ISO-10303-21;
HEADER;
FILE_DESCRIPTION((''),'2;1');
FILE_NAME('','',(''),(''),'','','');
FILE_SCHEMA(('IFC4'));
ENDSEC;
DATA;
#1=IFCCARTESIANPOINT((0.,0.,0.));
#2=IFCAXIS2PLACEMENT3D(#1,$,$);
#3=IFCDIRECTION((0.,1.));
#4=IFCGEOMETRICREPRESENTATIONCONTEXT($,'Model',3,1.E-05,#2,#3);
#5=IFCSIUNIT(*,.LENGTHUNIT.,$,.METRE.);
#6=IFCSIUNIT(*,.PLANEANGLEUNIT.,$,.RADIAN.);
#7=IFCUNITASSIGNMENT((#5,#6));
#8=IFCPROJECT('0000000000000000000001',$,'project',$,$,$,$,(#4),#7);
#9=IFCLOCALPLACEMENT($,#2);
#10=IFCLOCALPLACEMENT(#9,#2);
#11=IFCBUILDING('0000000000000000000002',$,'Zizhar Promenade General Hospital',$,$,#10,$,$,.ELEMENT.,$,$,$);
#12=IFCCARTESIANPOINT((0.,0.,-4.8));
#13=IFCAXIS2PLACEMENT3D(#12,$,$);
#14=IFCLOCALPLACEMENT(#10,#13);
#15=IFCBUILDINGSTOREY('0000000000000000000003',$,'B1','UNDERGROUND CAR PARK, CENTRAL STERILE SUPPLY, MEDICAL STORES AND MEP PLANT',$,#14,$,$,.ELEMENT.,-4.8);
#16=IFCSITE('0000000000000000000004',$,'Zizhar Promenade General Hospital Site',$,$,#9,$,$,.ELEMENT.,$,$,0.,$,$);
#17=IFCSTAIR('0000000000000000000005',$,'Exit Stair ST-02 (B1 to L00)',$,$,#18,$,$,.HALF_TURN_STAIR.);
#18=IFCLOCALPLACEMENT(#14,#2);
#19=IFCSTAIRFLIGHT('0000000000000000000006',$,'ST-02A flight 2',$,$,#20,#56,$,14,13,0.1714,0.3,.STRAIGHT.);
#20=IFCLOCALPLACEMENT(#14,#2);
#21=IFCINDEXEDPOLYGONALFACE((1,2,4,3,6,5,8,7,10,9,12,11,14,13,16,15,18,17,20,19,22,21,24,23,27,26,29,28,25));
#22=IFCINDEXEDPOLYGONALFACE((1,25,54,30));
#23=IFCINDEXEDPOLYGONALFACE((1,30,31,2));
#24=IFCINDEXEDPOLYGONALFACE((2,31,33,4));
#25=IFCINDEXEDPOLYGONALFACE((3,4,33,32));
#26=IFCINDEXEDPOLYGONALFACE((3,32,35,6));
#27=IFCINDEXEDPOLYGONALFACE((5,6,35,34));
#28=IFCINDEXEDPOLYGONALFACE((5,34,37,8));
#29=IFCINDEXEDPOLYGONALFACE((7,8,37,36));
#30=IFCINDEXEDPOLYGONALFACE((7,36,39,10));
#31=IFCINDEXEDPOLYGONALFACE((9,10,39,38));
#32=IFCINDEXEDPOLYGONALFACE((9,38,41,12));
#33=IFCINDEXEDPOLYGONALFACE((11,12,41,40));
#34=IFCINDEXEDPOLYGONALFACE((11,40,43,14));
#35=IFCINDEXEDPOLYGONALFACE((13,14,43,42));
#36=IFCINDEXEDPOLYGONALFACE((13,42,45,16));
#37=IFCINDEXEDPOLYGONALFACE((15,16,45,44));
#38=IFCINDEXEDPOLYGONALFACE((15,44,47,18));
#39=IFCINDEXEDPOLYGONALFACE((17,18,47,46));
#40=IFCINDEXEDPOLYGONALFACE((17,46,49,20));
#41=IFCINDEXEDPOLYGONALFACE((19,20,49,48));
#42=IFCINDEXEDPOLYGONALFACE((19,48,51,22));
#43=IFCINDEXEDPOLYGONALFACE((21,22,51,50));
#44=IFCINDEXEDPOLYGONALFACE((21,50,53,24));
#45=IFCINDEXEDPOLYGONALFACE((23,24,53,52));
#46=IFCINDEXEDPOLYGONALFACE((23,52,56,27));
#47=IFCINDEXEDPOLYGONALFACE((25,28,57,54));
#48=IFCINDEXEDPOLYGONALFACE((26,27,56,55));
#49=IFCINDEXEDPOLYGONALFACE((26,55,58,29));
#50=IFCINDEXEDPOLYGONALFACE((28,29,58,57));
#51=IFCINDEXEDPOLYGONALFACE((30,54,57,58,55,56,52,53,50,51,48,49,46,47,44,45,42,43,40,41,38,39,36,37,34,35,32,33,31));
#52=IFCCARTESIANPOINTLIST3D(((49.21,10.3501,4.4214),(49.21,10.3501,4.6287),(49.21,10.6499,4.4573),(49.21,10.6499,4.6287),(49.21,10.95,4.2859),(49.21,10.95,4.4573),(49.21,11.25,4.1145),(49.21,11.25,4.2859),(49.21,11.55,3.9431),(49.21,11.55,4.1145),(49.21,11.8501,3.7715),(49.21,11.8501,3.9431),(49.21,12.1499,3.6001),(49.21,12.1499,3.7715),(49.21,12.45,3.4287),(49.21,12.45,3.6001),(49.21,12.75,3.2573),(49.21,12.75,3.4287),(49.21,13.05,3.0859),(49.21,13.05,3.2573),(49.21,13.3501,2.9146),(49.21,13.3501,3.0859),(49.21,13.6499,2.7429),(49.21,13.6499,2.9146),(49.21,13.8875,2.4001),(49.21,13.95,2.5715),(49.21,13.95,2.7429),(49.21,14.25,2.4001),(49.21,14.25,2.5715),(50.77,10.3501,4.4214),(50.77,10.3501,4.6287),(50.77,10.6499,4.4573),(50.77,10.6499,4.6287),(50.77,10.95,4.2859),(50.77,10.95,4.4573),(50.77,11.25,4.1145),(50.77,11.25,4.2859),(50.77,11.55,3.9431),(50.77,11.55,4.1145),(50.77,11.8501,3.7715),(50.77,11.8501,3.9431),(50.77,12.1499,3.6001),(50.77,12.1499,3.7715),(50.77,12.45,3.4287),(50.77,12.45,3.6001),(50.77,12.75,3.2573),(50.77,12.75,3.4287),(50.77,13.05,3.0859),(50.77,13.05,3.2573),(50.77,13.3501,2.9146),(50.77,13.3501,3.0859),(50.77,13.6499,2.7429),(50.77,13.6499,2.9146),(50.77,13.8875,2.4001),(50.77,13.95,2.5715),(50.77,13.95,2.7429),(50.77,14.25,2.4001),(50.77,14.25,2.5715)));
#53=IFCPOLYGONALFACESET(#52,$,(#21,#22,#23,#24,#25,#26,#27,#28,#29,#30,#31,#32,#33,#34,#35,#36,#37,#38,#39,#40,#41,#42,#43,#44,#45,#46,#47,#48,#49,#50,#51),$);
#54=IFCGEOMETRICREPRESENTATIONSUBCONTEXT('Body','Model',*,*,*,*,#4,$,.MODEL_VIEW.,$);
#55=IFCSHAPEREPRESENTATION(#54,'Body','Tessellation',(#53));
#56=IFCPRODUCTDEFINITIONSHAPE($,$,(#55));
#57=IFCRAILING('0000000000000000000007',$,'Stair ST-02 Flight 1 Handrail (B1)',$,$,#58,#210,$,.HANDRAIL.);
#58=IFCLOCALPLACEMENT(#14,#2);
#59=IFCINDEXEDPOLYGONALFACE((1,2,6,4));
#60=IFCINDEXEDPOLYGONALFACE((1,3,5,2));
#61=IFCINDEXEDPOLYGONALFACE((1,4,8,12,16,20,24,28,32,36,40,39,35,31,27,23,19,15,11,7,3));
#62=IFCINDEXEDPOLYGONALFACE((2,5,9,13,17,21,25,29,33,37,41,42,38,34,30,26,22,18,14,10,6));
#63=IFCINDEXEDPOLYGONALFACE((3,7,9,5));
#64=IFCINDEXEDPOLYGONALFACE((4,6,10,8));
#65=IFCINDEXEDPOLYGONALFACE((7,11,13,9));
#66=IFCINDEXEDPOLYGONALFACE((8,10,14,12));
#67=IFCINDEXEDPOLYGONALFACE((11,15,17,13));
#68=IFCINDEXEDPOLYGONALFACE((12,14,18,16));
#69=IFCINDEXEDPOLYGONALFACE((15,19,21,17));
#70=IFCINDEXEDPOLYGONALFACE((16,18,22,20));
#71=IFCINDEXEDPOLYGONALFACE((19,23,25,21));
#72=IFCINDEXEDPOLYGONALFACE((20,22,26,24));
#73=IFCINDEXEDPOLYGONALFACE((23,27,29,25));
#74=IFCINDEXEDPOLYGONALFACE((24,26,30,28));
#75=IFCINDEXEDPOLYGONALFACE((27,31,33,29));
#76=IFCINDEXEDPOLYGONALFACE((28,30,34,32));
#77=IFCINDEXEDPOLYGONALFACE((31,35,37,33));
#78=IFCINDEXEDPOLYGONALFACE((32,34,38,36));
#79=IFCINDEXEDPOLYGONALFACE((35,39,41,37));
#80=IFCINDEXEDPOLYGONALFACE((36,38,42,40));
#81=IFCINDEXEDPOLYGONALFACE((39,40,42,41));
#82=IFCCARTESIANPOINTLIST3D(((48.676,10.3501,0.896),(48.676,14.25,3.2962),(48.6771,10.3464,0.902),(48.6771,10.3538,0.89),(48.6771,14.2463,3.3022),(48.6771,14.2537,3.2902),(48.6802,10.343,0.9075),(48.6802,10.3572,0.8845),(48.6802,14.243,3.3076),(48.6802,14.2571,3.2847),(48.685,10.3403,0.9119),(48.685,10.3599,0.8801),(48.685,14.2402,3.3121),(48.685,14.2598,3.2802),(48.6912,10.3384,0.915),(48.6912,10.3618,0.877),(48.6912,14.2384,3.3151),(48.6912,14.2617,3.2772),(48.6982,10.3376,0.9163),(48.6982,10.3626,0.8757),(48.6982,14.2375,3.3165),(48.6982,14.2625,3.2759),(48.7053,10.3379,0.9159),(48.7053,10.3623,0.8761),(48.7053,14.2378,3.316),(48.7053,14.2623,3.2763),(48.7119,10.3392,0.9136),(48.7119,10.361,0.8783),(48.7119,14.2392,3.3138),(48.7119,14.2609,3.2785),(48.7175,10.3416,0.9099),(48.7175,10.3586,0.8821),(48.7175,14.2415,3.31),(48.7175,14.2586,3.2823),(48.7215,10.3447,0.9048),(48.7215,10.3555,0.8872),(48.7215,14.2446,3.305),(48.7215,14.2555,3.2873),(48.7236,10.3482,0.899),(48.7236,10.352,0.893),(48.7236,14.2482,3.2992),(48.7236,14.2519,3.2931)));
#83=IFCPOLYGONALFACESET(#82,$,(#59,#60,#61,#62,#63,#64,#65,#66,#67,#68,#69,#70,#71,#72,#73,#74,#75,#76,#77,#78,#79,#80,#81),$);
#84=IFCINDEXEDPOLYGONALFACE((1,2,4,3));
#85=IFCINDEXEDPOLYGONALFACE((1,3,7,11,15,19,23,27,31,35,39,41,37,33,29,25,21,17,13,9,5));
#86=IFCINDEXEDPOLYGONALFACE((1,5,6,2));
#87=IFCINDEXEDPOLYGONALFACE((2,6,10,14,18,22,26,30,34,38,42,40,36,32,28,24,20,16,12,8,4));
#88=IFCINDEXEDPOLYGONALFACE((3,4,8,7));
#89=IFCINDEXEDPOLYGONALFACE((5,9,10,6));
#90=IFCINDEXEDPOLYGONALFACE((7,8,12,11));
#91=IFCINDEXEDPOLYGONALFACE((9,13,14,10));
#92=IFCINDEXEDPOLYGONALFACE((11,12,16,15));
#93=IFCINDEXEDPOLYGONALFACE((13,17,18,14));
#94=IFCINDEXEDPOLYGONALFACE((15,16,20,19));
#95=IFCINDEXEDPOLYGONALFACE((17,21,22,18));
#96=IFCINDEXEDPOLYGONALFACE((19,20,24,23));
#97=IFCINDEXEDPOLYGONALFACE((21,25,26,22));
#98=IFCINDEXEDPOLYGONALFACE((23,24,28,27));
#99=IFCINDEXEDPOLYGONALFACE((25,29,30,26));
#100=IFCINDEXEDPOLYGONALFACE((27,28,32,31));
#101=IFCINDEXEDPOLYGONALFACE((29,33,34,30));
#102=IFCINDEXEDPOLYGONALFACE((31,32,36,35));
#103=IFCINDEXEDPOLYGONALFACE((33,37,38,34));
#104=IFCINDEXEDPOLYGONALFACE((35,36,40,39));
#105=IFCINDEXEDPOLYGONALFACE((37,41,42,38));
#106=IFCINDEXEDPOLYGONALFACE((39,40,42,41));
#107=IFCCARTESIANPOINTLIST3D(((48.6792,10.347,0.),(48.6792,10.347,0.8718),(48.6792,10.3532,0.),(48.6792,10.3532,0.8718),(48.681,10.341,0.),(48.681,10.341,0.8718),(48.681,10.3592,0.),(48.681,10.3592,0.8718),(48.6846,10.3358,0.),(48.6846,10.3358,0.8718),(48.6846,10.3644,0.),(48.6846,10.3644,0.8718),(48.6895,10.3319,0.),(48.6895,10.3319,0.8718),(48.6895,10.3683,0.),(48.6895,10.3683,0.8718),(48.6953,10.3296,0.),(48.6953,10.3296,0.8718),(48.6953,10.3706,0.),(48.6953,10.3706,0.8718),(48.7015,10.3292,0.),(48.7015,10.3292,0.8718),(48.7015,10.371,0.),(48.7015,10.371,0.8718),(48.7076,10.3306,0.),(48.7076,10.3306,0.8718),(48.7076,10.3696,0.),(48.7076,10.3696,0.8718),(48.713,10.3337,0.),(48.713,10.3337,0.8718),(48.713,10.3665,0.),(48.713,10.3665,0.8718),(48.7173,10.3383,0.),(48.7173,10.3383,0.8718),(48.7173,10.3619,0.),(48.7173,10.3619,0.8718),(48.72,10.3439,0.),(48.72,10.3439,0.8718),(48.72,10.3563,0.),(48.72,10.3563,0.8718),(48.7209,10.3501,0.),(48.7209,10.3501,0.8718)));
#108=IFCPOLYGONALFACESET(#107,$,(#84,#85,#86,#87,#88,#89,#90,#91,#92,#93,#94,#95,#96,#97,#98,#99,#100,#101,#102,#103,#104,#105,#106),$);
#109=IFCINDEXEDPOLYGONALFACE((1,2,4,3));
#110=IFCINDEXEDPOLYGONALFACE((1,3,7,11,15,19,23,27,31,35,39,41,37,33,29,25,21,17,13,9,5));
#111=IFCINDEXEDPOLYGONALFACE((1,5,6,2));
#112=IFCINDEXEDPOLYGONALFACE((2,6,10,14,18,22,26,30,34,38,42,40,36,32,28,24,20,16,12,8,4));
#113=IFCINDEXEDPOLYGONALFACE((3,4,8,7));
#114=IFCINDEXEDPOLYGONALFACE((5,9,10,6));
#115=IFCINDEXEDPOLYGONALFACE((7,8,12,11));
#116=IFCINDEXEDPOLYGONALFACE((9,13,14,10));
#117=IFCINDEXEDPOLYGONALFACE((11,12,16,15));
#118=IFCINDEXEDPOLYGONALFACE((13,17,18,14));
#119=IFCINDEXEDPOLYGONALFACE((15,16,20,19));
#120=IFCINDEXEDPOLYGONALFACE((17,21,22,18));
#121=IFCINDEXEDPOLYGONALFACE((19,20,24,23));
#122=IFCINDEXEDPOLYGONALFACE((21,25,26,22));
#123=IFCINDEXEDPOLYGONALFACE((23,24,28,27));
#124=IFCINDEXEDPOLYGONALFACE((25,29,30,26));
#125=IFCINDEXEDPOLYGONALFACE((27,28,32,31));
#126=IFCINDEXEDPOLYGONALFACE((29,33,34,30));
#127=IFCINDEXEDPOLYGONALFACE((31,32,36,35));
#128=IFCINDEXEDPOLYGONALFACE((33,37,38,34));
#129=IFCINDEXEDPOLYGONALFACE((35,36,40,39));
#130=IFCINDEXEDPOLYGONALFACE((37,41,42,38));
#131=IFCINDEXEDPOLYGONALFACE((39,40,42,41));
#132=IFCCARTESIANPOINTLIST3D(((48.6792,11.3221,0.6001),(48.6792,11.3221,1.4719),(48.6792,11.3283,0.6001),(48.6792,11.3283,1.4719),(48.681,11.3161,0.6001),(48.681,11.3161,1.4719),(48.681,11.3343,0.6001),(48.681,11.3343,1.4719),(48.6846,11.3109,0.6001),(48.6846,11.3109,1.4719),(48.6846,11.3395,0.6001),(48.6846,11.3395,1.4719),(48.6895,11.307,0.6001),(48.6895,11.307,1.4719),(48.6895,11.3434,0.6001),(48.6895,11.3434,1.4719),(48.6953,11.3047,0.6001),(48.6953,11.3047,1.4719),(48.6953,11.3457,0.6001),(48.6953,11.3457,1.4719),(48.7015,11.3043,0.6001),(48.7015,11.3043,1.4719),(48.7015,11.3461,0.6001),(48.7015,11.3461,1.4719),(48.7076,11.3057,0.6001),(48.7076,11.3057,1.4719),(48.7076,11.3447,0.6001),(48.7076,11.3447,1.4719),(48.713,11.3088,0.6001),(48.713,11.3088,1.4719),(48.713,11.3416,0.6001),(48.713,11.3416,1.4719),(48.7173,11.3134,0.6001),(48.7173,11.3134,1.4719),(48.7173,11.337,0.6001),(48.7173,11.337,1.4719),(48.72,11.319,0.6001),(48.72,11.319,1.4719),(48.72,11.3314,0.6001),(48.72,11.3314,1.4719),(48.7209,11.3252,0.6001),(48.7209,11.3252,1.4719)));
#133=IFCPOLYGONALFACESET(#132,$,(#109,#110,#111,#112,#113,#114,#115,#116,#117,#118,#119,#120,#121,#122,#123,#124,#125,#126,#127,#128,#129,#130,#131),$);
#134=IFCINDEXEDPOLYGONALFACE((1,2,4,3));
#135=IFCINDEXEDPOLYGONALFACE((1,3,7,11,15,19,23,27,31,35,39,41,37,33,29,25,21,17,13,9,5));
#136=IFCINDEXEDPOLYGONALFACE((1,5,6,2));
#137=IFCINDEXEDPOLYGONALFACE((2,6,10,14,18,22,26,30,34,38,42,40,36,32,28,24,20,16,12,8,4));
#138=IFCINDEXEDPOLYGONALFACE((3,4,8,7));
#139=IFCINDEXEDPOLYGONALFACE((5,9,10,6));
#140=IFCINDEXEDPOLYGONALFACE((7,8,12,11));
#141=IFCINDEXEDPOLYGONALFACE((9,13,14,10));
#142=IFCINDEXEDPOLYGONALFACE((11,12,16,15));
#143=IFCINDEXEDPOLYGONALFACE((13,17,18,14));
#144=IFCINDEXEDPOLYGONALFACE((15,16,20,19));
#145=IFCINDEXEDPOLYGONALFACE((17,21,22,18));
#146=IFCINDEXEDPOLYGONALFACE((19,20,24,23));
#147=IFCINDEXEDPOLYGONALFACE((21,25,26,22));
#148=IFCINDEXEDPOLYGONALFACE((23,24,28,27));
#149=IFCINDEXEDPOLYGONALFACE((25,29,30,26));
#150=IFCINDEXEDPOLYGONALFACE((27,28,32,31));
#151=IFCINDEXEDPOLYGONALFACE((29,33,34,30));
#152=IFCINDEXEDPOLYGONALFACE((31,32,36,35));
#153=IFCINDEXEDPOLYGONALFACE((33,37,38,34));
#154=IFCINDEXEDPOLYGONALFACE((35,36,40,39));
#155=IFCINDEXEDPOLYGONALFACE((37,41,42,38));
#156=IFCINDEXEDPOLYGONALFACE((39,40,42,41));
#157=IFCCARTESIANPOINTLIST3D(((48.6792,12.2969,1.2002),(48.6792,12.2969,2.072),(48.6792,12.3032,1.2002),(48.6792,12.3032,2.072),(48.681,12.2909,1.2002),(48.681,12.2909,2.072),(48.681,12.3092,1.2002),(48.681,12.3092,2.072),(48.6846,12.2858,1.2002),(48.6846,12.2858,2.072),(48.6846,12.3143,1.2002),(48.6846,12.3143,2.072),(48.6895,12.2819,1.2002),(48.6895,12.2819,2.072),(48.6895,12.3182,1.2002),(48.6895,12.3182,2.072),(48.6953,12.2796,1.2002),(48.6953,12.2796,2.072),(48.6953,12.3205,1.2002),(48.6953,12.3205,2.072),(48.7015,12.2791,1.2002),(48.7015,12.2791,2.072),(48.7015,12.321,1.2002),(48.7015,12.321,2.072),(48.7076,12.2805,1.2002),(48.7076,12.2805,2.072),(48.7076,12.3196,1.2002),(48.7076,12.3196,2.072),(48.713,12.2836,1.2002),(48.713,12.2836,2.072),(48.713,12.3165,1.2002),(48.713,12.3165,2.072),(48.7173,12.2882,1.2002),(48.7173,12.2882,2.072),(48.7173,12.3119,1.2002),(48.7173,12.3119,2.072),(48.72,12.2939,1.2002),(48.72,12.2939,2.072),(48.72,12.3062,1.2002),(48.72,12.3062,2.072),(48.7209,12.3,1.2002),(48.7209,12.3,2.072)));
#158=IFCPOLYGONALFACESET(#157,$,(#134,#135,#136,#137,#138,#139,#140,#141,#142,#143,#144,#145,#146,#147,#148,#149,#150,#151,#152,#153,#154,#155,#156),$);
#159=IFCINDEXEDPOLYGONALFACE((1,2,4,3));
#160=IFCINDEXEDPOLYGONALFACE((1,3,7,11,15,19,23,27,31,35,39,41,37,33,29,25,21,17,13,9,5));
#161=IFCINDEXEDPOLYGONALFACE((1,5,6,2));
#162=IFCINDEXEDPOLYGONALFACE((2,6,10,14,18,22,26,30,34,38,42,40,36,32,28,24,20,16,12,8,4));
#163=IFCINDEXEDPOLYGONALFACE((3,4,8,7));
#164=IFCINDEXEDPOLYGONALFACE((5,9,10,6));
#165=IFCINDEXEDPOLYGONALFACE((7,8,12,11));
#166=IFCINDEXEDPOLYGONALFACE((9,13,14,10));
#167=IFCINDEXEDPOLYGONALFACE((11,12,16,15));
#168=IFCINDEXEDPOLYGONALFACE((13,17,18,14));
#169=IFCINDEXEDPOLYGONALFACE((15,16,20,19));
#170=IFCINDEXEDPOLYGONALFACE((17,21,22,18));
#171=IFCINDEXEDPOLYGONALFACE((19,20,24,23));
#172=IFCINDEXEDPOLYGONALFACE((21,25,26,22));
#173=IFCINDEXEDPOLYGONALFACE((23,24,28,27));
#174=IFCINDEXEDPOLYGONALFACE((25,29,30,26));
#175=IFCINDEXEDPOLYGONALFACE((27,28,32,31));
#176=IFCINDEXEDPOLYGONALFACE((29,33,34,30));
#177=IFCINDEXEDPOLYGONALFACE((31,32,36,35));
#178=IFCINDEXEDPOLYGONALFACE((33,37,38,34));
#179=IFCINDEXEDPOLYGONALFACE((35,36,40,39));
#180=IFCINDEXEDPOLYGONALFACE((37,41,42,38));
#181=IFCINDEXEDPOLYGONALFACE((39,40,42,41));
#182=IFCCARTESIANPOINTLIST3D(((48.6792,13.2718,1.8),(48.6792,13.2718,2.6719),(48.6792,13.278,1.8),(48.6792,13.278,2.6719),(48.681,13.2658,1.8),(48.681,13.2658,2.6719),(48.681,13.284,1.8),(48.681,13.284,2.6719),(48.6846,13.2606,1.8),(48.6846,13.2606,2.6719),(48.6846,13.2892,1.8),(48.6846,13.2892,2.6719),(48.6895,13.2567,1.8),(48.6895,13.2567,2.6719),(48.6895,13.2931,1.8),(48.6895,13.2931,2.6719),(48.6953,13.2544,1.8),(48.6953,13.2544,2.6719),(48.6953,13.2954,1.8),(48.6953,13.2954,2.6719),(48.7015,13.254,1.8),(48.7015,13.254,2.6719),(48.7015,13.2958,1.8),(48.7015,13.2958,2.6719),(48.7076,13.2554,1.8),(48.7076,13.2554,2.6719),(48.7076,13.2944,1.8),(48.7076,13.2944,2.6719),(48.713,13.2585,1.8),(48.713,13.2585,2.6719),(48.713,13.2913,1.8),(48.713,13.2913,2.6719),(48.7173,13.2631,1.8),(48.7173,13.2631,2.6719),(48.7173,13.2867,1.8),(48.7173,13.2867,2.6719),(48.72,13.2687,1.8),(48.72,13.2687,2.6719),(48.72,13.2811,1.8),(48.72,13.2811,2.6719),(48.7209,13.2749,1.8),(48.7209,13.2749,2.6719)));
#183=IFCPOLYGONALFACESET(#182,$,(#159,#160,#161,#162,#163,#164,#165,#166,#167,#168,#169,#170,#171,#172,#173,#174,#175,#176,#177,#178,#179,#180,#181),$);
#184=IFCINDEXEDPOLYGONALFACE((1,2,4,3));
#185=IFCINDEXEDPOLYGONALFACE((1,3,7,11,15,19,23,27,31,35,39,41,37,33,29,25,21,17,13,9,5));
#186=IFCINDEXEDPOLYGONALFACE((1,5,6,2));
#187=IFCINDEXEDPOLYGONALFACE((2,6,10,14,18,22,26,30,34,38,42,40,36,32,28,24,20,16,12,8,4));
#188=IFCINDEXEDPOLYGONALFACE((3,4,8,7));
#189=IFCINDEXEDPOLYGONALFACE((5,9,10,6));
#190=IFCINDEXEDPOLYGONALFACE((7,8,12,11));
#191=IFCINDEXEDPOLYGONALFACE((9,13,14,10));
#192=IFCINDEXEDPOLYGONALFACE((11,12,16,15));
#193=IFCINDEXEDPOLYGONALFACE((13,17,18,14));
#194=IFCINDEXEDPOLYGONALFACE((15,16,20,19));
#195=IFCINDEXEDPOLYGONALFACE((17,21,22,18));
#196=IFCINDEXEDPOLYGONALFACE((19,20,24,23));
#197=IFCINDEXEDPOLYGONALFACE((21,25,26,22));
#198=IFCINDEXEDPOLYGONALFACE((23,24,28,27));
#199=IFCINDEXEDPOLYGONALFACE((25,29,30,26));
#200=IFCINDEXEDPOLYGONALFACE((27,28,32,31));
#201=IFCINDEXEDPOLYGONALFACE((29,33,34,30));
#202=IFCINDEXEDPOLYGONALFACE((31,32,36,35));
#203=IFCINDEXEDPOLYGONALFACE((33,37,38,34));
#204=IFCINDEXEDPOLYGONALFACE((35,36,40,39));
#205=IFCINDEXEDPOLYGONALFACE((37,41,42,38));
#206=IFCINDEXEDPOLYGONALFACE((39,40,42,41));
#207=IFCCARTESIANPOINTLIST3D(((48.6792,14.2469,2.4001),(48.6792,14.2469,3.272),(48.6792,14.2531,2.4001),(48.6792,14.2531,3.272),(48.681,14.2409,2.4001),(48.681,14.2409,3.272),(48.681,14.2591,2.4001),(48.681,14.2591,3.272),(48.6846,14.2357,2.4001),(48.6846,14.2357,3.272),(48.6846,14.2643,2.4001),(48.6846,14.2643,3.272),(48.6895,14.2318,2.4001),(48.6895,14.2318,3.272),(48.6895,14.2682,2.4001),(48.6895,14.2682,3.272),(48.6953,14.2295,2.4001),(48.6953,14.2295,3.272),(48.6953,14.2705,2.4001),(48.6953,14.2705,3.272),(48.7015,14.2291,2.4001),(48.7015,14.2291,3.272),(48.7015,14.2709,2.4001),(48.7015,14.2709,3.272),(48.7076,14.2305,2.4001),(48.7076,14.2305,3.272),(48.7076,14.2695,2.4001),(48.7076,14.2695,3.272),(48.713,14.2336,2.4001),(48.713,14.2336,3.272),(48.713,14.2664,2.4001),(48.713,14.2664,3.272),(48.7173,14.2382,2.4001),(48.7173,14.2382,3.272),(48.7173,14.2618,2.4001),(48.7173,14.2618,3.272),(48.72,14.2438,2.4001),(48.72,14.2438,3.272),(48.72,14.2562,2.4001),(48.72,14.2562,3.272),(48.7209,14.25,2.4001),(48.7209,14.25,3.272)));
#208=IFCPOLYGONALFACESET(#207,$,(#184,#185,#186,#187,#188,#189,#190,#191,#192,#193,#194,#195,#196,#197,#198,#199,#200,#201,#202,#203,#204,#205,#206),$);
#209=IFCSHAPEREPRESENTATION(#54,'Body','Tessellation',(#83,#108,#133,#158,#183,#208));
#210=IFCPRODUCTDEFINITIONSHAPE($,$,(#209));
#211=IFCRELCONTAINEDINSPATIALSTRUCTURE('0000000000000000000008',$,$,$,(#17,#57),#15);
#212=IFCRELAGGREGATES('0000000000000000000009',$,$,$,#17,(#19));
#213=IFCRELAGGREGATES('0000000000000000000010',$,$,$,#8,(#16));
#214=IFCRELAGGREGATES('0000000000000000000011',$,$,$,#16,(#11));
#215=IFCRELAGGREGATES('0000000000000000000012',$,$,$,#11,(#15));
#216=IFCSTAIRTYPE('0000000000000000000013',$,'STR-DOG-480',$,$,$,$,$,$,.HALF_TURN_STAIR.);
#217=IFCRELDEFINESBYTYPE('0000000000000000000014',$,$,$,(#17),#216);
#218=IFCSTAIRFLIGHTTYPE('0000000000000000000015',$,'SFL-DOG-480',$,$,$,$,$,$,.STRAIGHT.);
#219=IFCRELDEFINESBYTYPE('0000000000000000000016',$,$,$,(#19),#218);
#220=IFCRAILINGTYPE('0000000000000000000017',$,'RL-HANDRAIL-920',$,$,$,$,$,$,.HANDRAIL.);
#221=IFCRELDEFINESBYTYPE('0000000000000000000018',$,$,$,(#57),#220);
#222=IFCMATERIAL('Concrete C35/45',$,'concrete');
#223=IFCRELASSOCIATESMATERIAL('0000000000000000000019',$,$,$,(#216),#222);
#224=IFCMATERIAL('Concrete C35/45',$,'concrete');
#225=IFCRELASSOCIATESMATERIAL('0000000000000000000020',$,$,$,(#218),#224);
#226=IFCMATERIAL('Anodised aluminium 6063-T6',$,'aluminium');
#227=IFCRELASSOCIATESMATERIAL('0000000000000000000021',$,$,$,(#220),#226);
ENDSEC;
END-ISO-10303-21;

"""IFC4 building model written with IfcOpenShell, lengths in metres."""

from ifc_helpers import new_model, si_unit, direction, frame, origin, origin_2d, place, context, subcontext, project, spatial, polyline, circle, hollow_circle, outline, extrude, material, material_profile, profile_set, type_object, element, aggregate, save


model = new_model("IFC4")

# Units and contexts
model_context = context("Model", 3, precision=1e-05, world=origin(), true_north=direction((0.0, 1.0)))
body_context = subcontext(model_context, "Body", "Model", "MODEL_VIEW")
ifc_project = project(units=[si_unit("LENGTHUNIT", "METRE"), si_unit("PLANEANGLEUNIT", "RADIAN")], contexts=[model_context])

# Site, building, storey
site_placement = place(None, origin())
site = spatial("IfcSite", under=ifc_project, at=site_placement, Name="Zizhar Promenade General Hospital Site", CompositionType="ELEMENT", RefElevation=0.0)
building_placement = place(site_placement, origin())
building = spatial("IfcBuilding", under=site, at=building_placement, Name="Zizhar Promenade General Hospital", CompositionType="ELEMENT")
storey_placement = place(building_placement, frame((0.0, 0.0, -4.8)))
storey = spatial("IfcBuildingStorey", under=building, at=storey_placement, Name="B1", Description="UNDERGROUND CAR PARK, CENTRAL STERILE SUPPLY, MEDICAL STORES AND MEP PLANT", CompositionType="ELEMENT", Elevation=-4.8)

# Stair, stair flight
ifc_material_1 = material(Name="Concrete C35/45", Category="concrete")
stair_type = type_object("IfcStairType", Name="STR-DOG-480", PredefinedType="HALF_TURN_STAIR", material=ifc_material_1)
stair_placement = place(storey_placement, origin())
stair = element("IfcStair", 1, at=stair_placement, inside=storey, type_object=stair_type, Name="Exit Stair ST-02 (B1 to L00)", PredefinedType="HALF_TURN_STAIR")
ifc_material_2 = material(Name="Concrete C35/45", Category="concrete")
stair_flight_type = type_object("IfcStairFlightType", Name="SFL-DOG-480", PredefinedType="STRAIGHT", material=ifc_material_2)
stair_flight_1_placement = place(storey_placement, frame((49.99, 14.25, 2.4001), z_axis=(0.0, 0.0, 1.0), x_axis=(0.0, -1.0, 0.0)))
stair_flight_1 = element("IfcStairFlight", 2, at=stair_flight_1_placement, type_object=stair_flight_type, Name="ST-02A flight 2", NumberOfRisers=14, NumberOfTreads=13, PredefinedType="STRAIGHT", RiserHeight=0.1714, TreadLength=0.3, context=body_context, shape_type="SweptSolid", body=[
    extrude(outline(polyline([(0.0, 0.0), (0.0, 0.1714), (0.3, 0.1714), (0.3, 0.3428), (0.6001, 0.3428), (0.6001, 0.5144), (0.8999, 0.5144), (0.8999, 0.6858), (1.2, 0.6858), (1.2, 0.8572), (1.5, 0.8572), (1.5, 1.0286), (1.8, 1.0286), (1.8, 1.2), (2.1001, 1.2), (2.1001, 1.3713), (2.3999, 1.3713), (2.3999, 1.543), (2.7, 1.543), (2.7, 1.7144), (3.0, 1.7144), (3.0, 1.8857), (3.3, 1.8857), (3.3, 2.0571), (3.6001, 2.0571), (3.6001, 2.2285), (3.8999, 2.2285), (3.8999, 2.3999), (3.8999, 2.0212), (0.3625, 0.0), (0.0, 0.0)])), frame((0.0, 0.78, 0.0), z_axis=(0.0, -1.0, 0.0), x_axis=(1.0, 0.0, 0.0)), (0.0, 0.0, 1.0), 1.5601),
])
aggregate(stair, [stair_flight_1])

# Railing
ifc_material_3 = material(Name="Anodised aluminium 6063-T6", Category="aluminium")
ifc_material_profile_1 = material_profile(ifc_material_3, hollow_circle(Radius=0.0698, WallThickness=0.0063, at=origin_2d()))
ifc_profile_set_1 = profile_set([ifc_material_profile_1], Name="Anodised aluminium 6063-T6")
railing_type_1 = type_object("IfcRailingType", Name="RL-HANDRAIL-920", PredefinedType="HANDRAIL", material=ifc_profile_set_1)
railing_1_placement = place(storey_placement, frame((48.7, 10.3501, 0.0)))
element("IfcRailing", 3, at=railing_1_placement, inside=storey, type_object=railing_type_1, Name="Stair ST-02 Flight 1 Handrail (B1)", PredefinedType="HANDRAIL", context=body_context, shape_type="SweptSolid", body=[
    extrude(circle(Radius=0.0239, at=origin_2d()), frame((0.0, 0.0, 0.896), z_axis=(0.0, 0.851638, 0.52413), x_axis=(-1.0, 0.0, 0.0)), (0.0, 0.0, 1.0), 4.5793),
    extrude(circle(Radius=0.021, at=origin_2d()), origin(), (0.0, 0.0, 1.0), 0.8718),
    extrude(circle(Radius=0.021, at=origin_2d()), frame((0.0, 0.9751, 0.6001)), (0.0, 0.0, 1.0), 0.8718),
    extrude(circle(Radius=0.021, at=origin_2d()), frame((0.0, 1.95, 1.2002)), (0.0, 0.0, 1.0), 0.8718),
    extrude(circle(Radius=0.021, at=origin_2d()), frame((0.0, 2.9248, 1.8)), (0.0, 0.0, 1.0), 0.8718),
    extrude(circle(Radius=0.021, at=origin_2d()), frame((0.0, 3.8999, 2.4001)), (0.0, 0.0, 1.0), 0.8718),
])

save(model, "model.ifc")
